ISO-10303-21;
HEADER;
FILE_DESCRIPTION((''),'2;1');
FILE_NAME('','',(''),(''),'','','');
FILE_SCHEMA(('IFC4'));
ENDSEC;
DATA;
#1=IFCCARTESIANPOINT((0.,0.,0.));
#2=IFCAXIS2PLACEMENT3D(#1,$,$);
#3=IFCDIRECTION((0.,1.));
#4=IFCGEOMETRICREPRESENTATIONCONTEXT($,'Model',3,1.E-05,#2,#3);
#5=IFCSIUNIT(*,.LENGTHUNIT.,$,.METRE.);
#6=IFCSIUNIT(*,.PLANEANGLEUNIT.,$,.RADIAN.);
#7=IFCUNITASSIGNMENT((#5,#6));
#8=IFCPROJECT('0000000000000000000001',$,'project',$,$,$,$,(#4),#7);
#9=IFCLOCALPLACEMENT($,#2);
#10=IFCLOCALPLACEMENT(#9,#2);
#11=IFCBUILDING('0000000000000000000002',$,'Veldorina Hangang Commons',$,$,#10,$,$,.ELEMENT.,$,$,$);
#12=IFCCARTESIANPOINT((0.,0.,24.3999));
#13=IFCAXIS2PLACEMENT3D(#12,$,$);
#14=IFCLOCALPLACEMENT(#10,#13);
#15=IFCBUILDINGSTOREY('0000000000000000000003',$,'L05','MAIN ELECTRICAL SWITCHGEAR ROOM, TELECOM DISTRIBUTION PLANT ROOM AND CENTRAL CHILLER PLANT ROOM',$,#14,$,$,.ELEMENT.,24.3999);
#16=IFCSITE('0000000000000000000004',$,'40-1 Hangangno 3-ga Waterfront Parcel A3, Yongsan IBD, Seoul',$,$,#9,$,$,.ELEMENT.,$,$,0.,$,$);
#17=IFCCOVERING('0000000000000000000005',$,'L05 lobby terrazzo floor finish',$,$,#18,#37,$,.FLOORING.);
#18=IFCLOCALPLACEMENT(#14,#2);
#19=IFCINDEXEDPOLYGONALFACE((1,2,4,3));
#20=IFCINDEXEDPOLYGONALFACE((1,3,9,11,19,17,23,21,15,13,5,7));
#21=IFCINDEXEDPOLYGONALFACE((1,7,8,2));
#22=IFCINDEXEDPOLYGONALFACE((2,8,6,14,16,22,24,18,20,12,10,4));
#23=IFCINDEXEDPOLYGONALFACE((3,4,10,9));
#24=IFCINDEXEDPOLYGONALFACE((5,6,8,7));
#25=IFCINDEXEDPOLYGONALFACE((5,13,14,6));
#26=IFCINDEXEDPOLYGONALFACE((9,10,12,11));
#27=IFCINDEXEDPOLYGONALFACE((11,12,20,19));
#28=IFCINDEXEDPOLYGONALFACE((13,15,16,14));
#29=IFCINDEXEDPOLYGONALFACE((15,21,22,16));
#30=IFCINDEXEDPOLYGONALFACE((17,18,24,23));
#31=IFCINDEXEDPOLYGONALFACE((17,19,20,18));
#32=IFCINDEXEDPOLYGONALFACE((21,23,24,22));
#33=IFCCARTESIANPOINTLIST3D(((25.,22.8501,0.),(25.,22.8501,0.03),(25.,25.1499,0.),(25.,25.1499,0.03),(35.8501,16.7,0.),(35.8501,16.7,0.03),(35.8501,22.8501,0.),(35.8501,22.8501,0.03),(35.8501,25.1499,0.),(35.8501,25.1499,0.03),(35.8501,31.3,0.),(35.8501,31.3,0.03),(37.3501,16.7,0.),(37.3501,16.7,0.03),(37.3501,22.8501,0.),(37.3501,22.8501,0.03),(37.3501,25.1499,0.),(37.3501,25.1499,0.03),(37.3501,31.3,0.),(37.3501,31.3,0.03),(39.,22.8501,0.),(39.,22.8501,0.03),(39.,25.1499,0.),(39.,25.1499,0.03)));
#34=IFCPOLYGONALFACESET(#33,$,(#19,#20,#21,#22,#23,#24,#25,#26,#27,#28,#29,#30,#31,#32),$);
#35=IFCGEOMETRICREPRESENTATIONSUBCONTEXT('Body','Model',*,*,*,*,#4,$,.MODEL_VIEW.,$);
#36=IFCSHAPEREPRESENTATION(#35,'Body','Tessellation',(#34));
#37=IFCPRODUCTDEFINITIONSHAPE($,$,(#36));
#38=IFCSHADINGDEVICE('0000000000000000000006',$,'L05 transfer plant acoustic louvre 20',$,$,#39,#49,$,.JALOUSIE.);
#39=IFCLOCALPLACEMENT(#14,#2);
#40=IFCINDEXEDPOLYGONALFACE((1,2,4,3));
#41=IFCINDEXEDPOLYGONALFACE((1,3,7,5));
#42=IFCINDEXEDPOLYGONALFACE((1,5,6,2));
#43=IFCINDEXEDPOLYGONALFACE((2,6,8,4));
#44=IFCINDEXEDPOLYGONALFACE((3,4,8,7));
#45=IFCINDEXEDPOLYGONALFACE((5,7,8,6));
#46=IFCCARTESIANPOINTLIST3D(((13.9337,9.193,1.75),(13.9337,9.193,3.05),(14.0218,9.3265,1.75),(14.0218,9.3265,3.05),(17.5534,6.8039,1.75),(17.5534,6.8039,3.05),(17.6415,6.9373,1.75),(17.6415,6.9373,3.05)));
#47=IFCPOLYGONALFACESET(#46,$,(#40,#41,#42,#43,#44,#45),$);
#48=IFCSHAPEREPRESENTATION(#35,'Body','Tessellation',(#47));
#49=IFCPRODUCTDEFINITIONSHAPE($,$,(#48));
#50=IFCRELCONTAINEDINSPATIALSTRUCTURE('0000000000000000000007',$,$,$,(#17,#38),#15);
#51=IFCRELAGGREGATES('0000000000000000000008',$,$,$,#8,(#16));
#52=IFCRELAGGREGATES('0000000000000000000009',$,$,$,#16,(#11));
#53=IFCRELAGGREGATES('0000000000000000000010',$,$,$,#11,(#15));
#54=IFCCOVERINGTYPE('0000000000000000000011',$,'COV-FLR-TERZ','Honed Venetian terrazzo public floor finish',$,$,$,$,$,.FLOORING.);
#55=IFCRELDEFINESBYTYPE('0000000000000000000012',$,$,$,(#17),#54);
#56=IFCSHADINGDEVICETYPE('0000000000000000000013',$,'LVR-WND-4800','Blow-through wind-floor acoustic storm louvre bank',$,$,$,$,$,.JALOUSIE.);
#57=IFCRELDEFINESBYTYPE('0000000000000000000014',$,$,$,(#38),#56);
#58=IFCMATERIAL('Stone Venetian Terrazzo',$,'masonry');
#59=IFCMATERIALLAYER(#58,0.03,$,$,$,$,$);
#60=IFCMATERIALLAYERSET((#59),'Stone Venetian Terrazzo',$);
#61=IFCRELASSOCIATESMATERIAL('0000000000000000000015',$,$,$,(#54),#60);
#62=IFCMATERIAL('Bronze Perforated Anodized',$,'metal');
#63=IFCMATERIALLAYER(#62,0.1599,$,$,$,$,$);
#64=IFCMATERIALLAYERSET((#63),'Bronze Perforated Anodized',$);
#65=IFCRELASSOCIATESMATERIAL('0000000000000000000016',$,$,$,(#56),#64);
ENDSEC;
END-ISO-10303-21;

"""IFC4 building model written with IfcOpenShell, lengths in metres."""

from ifc_helpers import new_model, si_unit, direction, frame, origin, origin_2d, place, context, subcontext, project, spatial, polyline, rectangle, outline, extrude, material, layer, layer_set, type_object, element, save


model = new_model("IFC4")

# Units and contexts
model_context = context("Model", 3, precision=1e-05, world=origin(), true_north=direction((0.0, 1.0)))
body_context = subcontext(model_context, "Body", "Model", "MODEL_VIEW")
ifc_project = project(units=[si_unit("LENGTHUNIT", "METRE"), si_unit("PLANEANGLEUNIT", "RADIAN")], contexts=[model_context])

# Site, building, storey
site_placement = place(None, origin())
site = spatial("IfcSite", under=ifc_project, at=site_placement, Name="40-1 Hangangno 3-ga Waterfront Parcel A3, Yongsan IBD, Seoul", CompositionType="ELEMENT", RefElevation=0.0)
building_placement = place(site_placement, origin())
building = spatial("IfcBuilding", under=site, at=building_placement, Name="Veldorina Hangang Commons", CompositionType="ELEMENT")
storey_placement = place(building_placement, frame((0.0, 0.0, 24.3999)))
storey = spatial("IfcBuildingStorey", under=building, at=storey_placement, Name="L05", Description="MAIN ELECTRICAL SWITCHGEAR ROOM, TELECOM DISTRIBUTION PLANT ROOM AND CENTRAL CHILLER PLANT ROOM", CompositionType="ELEMENT", Elevation=24.3999)

# Covering
ifc_material_1 = material(Name="Stone Venetian Terrazzo", Category="masonry")
ifc_layer_1 = layer(ifc_material_1, 0.03)
ifc_layer_set_1 = layer_set([ifc_layer_1], Name="Stone Venetian Terrazzo")
covering_type_1 = type_object("IfcCoveringType", Name="COV-FLR-TERZ", Description="Honed Venetian terrazzo public floor finish", PredefinedType="FLOORING", material=ifc_layer_set_1)
covering_1_placement = place(storey_placement, origin())
element("IfcCovering", 1, at=covering_1_placement, inside=storey, type_object=covering_type_1, Name="L05 lobby terrazzo floor finish", PredefinedType="FLOORING", context=body_context, shape_type="SweptSolid", body=[
    extrude(outline(polyline([(25.0, 22.8501), (35.8501, 22.8501), (35.8501, 16.7), (37.3501, 16.7), (37.3501, 22.8501), (39.0, 22.8501), (39.0, 25.1499), (37.3501, 25.1499), (37.3501, 31.3), (35.8501, 31.3), (35.8501, 25.1499), (25.0, 25.1499), (25.0, 22.8501)])), origin(), (0.0, 0.0, 1.0), 0.03),
])

# Shading device
ifc_material_2 = material(Name="Bronze Perforated Anodized", Category="metal")
ifc_layer_2 = layer(ifc_material_2, 0.1599)
ifc_layer_set_2 = layer_set([ifc_layer_2], Name="Bronze Perforated Anodized")
shading_device_type = type_object("IfcShadingDeviceType", Name="LVR-WND-4800", Description="Blow-through wind-floor acoustic storm louvre bank", PredefinedType="JALOUSIE", material=ifc_layer_set_2)
shading_device_placement = place(storey_placement, frame((15.7876, 8.0652, 1.75), z_axis=(0.0, 0.0, 1.0), x_axis=(0.834598, -0.55086, 0.0)))
element("IfcShadingDevice", 2, at=shading_device_placement, inside=storey, type_object=shading_device_type, Name="L05 transfer plant acoustic louvre 20", PredefinedType="JALOUSIE", context=body_context, shape_type="SweptSolid", body=[
    extrude(rectangle(XDim=4.3372, YDim=0.1599, at=origin_2d()), origin(), (0.0, 0.0, 1.0), 1.3),
])

save(model, "model.ifc")
